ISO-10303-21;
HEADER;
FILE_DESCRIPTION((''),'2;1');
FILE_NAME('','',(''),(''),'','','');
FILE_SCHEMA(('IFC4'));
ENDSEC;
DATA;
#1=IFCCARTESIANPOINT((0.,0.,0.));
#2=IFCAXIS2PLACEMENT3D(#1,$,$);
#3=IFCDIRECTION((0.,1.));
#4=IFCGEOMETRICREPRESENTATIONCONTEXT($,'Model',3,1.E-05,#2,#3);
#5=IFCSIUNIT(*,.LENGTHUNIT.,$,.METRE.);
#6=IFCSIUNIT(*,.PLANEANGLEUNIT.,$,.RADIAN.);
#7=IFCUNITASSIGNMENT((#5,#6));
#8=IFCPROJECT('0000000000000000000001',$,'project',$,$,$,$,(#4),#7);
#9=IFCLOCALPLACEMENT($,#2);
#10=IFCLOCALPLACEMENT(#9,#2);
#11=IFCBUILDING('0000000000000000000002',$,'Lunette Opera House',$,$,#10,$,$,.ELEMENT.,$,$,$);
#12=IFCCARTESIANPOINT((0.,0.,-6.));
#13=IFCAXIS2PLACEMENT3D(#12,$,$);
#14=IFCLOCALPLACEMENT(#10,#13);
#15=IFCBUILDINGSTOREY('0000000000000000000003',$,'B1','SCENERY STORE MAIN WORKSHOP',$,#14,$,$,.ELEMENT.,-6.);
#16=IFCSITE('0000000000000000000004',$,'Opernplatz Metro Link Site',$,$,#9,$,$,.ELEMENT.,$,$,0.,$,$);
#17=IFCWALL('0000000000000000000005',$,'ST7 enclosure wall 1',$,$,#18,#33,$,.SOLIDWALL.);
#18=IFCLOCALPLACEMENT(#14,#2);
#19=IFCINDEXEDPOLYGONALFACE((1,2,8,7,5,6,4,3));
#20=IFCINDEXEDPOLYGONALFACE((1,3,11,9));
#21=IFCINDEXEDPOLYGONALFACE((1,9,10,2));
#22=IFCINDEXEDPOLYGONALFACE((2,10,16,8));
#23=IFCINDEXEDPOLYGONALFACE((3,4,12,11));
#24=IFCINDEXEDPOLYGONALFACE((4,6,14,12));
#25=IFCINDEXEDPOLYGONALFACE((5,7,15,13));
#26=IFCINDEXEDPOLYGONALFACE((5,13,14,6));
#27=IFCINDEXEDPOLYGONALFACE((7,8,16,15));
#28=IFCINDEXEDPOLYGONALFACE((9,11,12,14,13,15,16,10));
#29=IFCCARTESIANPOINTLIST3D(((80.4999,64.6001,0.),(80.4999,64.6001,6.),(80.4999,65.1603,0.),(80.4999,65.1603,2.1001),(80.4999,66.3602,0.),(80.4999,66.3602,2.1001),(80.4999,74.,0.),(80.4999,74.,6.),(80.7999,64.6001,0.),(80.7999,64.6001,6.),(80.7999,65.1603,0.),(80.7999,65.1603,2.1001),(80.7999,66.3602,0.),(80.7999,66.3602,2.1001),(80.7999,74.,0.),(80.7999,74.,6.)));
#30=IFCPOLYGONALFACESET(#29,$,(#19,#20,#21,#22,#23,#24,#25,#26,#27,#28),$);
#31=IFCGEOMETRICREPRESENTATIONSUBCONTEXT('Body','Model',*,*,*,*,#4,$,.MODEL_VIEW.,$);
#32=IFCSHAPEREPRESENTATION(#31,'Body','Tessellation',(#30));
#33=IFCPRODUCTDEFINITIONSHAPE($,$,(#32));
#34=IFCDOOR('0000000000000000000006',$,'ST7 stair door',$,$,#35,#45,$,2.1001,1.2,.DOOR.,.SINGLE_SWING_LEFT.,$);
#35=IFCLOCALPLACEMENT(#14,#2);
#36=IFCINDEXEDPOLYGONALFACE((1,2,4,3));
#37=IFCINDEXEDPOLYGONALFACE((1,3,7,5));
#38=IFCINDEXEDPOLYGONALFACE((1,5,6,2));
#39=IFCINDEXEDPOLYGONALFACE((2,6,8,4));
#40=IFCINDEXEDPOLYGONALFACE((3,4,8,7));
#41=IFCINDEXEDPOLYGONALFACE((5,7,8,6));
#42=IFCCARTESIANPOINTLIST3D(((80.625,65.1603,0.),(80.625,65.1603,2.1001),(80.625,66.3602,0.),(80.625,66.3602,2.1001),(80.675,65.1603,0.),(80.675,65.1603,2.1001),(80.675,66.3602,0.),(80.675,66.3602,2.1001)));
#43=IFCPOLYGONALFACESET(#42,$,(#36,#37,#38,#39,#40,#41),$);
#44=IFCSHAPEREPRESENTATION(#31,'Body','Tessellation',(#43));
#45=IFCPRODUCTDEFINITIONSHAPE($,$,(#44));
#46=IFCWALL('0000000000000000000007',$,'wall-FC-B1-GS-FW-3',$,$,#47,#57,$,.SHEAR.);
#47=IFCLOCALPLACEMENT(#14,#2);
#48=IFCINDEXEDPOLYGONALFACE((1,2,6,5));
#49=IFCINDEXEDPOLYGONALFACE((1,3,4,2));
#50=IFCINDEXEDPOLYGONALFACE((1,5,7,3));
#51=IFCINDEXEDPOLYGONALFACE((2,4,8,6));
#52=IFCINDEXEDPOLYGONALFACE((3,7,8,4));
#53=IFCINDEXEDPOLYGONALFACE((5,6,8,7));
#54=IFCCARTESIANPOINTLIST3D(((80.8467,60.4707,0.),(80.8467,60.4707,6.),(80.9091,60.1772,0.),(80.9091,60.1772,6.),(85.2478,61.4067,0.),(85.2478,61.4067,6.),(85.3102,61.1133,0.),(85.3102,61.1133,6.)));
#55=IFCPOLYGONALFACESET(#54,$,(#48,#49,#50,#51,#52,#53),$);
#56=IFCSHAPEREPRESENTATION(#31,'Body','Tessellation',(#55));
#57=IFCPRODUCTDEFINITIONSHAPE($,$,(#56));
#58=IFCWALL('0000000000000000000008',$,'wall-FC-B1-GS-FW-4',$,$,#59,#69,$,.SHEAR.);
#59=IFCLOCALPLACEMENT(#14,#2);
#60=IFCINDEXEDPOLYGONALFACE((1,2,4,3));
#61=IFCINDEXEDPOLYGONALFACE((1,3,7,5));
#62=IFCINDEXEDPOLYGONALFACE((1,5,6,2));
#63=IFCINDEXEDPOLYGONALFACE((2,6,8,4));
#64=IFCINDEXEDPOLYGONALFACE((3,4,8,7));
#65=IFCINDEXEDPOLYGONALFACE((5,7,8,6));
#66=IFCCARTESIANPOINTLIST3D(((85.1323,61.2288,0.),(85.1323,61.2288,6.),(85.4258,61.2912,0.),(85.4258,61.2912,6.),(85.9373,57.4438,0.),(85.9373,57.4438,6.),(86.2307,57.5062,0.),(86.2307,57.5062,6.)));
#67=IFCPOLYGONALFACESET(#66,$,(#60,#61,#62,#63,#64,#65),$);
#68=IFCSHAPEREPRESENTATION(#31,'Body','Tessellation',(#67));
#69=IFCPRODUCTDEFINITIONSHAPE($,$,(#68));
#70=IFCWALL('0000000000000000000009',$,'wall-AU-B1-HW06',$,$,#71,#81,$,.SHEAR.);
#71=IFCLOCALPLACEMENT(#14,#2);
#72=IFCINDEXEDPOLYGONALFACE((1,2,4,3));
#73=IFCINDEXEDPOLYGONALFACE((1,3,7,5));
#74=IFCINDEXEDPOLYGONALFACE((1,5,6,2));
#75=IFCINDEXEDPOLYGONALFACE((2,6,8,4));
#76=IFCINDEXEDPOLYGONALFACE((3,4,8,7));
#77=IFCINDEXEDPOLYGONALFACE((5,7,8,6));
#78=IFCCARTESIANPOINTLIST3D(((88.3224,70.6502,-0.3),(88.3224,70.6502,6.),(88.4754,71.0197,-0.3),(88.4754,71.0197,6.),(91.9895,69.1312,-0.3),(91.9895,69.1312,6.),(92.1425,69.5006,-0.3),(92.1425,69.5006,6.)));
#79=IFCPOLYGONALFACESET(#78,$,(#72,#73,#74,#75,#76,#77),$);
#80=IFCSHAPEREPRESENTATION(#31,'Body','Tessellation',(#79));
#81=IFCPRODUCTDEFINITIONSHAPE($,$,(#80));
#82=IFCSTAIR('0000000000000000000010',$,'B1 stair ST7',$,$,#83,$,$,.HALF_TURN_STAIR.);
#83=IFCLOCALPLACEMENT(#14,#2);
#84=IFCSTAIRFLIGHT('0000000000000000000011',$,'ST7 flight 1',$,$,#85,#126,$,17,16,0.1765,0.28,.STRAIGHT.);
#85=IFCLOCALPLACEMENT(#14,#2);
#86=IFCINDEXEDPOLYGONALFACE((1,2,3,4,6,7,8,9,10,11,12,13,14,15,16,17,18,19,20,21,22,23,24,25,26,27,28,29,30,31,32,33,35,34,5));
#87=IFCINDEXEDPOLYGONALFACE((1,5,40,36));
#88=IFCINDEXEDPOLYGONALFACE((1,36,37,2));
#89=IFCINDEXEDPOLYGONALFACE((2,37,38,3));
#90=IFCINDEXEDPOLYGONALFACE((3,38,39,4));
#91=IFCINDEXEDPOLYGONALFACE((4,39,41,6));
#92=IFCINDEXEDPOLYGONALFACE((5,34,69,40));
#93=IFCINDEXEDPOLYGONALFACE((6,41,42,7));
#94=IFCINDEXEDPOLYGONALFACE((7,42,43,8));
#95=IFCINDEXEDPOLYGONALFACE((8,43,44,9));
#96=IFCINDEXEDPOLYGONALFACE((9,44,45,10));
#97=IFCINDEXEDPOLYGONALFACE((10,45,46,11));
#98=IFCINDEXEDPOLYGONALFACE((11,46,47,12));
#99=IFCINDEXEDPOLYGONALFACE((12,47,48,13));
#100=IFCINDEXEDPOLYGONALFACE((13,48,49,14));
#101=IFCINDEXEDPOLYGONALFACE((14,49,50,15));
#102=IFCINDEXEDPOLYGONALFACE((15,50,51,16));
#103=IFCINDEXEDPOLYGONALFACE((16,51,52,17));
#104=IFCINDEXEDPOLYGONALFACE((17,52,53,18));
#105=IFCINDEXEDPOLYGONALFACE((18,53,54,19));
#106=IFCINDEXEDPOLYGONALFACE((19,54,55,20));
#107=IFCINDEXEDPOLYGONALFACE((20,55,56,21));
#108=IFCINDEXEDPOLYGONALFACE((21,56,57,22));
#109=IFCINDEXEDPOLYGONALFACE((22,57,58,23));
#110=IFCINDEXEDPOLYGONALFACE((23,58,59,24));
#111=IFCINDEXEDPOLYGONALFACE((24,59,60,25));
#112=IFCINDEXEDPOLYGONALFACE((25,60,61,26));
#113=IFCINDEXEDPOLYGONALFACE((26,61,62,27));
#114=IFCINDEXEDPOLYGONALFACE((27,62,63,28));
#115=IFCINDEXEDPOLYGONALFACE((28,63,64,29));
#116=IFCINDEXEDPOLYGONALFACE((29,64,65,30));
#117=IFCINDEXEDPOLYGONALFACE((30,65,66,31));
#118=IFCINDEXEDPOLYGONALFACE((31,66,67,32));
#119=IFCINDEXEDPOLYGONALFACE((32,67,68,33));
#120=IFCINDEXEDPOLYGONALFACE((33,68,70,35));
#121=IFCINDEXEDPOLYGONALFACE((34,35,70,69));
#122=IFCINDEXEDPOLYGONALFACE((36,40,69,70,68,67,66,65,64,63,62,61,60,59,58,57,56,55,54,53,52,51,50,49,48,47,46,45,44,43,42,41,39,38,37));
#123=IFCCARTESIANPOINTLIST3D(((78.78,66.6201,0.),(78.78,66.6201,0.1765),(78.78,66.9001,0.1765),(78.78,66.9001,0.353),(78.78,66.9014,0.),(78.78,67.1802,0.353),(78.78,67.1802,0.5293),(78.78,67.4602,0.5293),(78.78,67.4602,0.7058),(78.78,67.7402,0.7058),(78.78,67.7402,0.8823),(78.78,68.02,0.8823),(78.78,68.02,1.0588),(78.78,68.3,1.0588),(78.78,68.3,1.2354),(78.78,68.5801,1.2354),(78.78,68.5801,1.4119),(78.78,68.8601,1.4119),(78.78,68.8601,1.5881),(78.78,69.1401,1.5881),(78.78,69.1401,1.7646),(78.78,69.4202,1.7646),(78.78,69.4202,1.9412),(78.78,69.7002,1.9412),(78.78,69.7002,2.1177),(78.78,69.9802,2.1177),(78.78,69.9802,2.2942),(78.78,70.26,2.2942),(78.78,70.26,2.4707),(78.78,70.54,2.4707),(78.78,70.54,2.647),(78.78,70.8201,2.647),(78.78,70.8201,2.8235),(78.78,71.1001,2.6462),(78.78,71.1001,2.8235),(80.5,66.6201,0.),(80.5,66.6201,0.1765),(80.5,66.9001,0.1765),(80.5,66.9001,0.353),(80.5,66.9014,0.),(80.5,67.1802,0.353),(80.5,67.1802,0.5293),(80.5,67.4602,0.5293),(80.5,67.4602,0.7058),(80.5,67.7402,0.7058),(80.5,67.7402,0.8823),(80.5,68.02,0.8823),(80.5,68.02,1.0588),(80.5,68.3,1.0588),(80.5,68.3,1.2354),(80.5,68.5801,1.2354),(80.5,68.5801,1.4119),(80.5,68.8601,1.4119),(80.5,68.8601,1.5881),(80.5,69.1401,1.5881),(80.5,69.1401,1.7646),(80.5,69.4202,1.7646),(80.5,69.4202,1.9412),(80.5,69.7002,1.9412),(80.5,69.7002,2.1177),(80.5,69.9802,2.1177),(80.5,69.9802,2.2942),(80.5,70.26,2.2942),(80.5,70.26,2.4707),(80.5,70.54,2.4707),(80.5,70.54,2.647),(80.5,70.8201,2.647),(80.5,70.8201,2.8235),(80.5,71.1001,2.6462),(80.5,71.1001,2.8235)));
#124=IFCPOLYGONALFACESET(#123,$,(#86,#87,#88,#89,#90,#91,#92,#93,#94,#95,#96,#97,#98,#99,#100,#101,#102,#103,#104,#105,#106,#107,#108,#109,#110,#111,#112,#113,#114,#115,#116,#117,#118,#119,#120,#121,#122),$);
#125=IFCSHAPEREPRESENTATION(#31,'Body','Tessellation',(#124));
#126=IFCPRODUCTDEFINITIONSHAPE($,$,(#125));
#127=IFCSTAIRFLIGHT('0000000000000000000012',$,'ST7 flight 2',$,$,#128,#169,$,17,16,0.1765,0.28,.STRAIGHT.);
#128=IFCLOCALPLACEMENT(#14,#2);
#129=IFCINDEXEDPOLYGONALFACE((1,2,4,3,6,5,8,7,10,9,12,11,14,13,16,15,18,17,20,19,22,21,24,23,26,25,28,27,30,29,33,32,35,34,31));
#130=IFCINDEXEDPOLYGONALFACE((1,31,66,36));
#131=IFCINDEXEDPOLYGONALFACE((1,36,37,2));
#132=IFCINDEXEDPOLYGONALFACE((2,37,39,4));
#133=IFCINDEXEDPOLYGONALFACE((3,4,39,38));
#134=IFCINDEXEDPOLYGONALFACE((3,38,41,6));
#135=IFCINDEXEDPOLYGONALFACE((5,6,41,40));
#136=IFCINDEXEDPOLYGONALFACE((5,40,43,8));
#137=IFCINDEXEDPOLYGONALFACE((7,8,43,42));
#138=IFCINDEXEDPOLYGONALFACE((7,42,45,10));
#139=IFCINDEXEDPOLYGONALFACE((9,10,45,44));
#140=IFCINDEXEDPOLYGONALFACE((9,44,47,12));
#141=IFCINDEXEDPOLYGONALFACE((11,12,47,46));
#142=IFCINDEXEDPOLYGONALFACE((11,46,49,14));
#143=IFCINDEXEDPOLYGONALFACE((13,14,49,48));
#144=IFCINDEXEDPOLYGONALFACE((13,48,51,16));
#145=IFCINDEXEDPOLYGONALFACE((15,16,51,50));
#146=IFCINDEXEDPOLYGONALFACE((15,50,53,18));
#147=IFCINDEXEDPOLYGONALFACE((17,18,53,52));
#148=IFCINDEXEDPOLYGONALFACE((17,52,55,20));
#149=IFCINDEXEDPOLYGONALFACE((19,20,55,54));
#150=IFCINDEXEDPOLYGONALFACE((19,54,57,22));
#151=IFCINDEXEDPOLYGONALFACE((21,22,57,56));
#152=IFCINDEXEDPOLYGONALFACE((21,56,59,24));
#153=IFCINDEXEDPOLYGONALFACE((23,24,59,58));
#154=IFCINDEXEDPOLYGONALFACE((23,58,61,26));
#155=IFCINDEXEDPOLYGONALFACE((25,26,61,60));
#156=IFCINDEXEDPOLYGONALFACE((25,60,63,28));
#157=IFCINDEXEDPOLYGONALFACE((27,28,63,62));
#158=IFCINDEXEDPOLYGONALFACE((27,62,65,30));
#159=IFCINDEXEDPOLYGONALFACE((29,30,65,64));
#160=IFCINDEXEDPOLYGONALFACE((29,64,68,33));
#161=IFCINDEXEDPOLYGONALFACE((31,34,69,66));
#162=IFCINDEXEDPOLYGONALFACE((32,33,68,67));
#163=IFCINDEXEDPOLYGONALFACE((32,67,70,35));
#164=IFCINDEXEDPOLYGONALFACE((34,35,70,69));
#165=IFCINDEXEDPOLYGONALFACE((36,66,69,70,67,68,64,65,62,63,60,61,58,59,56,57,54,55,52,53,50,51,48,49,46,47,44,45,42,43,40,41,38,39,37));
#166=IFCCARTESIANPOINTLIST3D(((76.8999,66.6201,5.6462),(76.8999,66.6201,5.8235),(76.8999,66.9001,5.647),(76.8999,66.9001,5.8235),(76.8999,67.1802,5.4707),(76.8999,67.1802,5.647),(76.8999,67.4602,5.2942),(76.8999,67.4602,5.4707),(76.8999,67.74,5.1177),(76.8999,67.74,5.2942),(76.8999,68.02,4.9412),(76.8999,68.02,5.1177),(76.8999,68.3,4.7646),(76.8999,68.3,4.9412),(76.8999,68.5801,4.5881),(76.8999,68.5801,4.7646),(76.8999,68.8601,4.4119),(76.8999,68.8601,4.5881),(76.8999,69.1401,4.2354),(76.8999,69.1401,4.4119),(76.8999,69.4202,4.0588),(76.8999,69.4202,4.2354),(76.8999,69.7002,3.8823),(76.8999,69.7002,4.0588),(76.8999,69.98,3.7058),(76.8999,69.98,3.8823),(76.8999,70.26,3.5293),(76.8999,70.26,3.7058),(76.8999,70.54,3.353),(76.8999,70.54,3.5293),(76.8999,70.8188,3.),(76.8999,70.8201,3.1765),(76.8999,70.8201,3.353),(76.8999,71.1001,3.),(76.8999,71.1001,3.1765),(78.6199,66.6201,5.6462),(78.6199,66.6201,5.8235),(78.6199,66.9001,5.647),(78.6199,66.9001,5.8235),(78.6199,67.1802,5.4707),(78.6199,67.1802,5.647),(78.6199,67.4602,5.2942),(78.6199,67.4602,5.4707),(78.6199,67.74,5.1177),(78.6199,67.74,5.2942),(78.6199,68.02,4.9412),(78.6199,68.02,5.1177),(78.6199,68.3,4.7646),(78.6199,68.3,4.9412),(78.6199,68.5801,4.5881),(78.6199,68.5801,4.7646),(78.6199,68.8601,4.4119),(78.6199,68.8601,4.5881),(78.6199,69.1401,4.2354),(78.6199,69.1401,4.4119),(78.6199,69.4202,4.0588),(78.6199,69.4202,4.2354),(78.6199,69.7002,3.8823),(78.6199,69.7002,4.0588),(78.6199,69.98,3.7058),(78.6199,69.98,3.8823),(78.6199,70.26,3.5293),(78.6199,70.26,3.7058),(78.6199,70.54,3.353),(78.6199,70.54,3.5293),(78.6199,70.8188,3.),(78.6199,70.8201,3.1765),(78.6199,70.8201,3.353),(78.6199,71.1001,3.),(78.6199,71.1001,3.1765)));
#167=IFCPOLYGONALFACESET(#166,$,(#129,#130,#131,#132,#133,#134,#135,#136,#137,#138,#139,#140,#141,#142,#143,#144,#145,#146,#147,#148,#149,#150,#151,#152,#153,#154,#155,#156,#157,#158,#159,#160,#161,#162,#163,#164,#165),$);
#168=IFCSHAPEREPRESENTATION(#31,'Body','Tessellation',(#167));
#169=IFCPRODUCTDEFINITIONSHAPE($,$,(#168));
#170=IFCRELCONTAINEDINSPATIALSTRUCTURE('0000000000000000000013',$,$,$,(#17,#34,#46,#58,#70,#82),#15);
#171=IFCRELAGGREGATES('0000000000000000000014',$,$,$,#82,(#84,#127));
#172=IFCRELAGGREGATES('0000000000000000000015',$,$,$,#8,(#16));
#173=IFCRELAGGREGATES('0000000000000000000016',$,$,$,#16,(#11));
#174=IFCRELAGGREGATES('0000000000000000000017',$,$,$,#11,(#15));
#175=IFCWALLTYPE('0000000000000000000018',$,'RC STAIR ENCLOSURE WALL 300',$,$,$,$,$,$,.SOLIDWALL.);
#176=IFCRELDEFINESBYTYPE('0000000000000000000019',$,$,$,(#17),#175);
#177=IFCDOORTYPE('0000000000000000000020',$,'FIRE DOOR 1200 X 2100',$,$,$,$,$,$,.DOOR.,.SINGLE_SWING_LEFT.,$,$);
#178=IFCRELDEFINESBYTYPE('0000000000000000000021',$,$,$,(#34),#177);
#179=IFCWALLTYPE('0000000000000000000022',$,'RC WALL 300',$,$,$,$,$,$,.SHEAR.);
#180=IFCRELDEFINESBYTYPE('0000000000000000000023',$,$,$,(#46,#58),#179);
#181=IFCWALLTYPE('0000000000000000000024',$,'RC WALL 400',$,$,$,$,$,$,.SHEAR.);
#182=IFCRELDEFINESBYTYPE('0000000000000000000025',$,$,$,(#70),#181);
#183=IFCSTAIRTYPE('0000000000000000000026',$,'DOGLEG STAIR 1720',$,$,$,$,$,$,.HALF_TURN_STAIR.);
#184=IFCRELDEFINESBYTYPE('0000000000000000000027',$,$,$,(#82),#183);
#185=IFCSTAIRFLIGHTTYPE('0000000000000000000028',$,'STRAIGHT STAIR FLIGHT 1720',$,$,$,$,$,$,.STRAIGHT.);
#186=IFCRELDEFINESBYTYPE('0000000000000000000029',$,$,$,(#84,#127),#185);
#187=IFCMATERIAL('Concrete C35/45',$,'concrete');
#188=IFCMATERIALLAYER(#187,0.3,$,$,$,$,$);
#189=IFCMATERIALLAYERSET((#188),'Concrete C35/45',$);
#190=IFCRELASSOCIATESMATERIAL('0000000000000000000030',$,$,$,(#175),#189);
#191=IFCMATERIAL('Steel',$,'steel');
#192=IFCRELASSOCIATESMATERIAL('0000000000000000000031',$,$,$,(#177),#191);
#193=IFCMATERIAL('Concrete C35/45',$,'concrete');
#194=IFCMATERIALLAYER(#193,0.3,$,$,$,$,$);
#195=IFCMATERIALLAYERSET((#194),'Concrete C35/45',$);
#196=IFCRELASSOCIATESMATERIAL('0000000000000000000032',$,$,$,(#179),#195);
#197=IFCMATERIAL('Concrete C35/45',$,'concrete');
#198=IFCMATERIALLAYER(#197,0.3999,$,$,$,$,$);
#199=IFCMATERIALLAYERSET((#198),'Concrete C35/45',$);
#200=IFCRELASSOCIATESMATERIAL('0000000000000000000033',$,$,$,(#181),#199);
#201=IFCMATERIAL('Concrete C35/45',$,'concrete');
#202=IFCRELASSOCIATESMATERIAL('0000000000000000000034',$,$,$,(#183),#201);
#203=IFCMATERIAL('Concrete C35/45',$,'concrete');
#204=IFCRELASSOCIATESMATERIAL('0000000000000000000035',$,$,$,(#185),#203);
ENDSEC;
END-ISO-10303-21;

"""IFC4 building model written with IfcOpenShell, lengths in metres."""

from ifc_helpers import new_model, si_unit, direction, frame, frame_2d, origin, place, context, subcontext, project, spatial, polyline, rectangle, outline, extrude, material, layer, layer_set, type_object, element, fill, aggregate, save


model = new_model("IFC4")

# Units and contexts
model_context = context("Model", 3, precision=1e-05, world=origin(), true_north=direction((0.0, 1.0)))
body_context = subcontext(model_context, "Body", "Model", "MODEL_VIEW")
ifc_project = project(units=[si_unit("LENGTHUNIT", "METRE"), si_unit("PLANEANGLEUNIT", "RADIAN")], contexts=[model_context])

# Site, building, storey
site_placement = place(None, origin())
site = spatial("IfcSite", under=ifc_project, at=site_placement, Name="Opernplatz Metro Link Site", CompositionType="ELEMENT", RefElevation=0.0)
building_placement = place(site_placement, origin())
building = spatial("IfcBuilding", under=site, at=building_placement, Name="Lunette Opera House", CompositionType="ELEMENT")
storey_placement = place(building_placement, frame((0.0, 0.0, -6.0)))
storey = spatial("IfcBuildingStorey", under=building, at=storey_placement, Name="B1", Description="SCENERY STORE MAIN WORKSHOP", CompositionType="ELEMENT", Elevation=-6.0)

# Wall, opening, door
ifc_material_1 = material(Name="Concrete C35/45", Category="concrete")
ifc_layer_1 = layer(ifc_material_1, 0.3)
ifc_layer_set_1 = layer_set([ifc_layer_1], Name="Concrete C35/45")
wall_type_1 = type_object("IfcWallType", Name="RC STAIR ENCLOSURE WALL 300", PredefinedType="SOLIDWALL", material=ifc_layer_set_1)
wall_1_placement = place(storey_placement, frame((80.6499, 64.6001, 0.0), z_axis=(0.0, 0.0, 1.0), x_axis=(0.0, 1.0, 0.0)))
wall_1 = element("IfcWall", 1, at=wall_1_placement, inside=storey, type_object=wall_type_1, Name="ST7 enclosure wall 1", PredefinedType="SOLIDWALL", context=body_context, shape_type="SweptSolid", body=[
    extrude(rectangle(XDim=9.3999, YDim=0.3, at=frame_2d((4.7, 0.0))), origin(), (0.0, 0.0, 1.0), 6.0),
])
opening_placement = place(wall_1_placement, frame((0.5601, 0.0, 0.0)))
opening = element("IfcOpeningElement", 2, at=opening_placement, cuts=wall_1, PredefinedType="OPENING", context=body_context, shape_type="SweptSolid", body=[
    extrude(rectangle(XDim=1.2, YDim=2.1001, at=frame_2d((0.6001, 1.05))), frame((0.0, 0.1621, 0.0), z_axis=(0.0, -1.0, 0.0), x_axis=(1.0, 0.0, 0.0)), (0.0, 0.0, 1.0), 0.324),
])
ifc_material_2 = material(Name="Steel", Category="steel")
door_type = type_object("IfcDoorType", Name="FIRE DOOR 1200 X 2100", OperationType="SINGLE_SWING_LEFT", PredefinedType="DOOR", material=ifc_material_2)
door_placement = place(opening_placement, origin())
door = element("IfcDoor", 3, at=door_placement, inside=storey, type_object=door_type, Name="ST7 stair door", OperationType="SINGLE_SWING_LEFT", OverallHeight=2.1001, OverallWidth=1.2, PredefinedType="DOOR", context=body_context, shape_type="SweptSolid", body=[
    extrude(rectangle(XDim=1.2, YDim=2.1001, at=frame_2d((0.6001, 1.05))), frame((0.0, 0.0249, 0.0), z_axis=(0.0, -1.0, 0.0), x_axis=(1.0, 0.0, 0.0)), (0.0, 0.0, 1.0), 0.05),
])
fill(opening, door)

# Walls
ifc_material_3 = material(Name="Concrete C35/45", Category="concrete")
ifc_layer_2 = layer(ifc_material_3, 0.3)
ifc_layer_set_2 = layer_set([ifc_layer_2], Name="Concrete C35/45")
wall_type_2 = type_object("IfcWallType", Name="RC WALL 300", PredefinedType="SHEAR", material=ifc_layer_set_2)
wall_2_placement = place(storey_placement, frame((80.8779, 60.324, 0.0), z_axis=(0.0, 0.0, 1.0), x_axis=(0.978123, 0.208028, 0.0)))
element("IfcWall", 4, at=wall_2_placement, inside=storey, type_object=wall_type_2, Name="wall-FC-B1-GS-FW-3", PredefinedType="SHEAR", context=body_context, shape_type="SweptSolid", body=[
    extrude(rectangle(XDim=4.4995, YDim=0.3, at=frame_2d((2.2498, 0.0))), origin(), (0.0, 0.0, 1.0), 6.0),
])
wall_3_placement = place(storey_placement, frame((85.2791, 61.26, 0.0), z_axis=(0.0, 0.0, 1.0), x_axis=(0.208016, -0.978125, 0.0)))
element("IfcWall", 5, at=wall_3_placement, inside=storey, type_object=wall_type_2, Name="wall-FC-B1-GS-FW-4", PredefinedType="SHEAR", context=body_context, shape_type="SweptSolid", body=[
    extrude(rectangle(XDim=3.8696, YDim=0.3, at=frame_2d((1.9348, 0.0))), origin(), (0.0, 0.0, 1.0), 6.0),
])
ifc_material_4 = material(Name="Concrete C35/45", Category="concrete")
ifc_layer_3 = layer(ifc_material_4, 0.3999)
ifc_layer_set_3 = layer_set([ifc_layer_3], Name="Concrete C35/45")
wall_type_3 = type_object("IfcWallType", Name="RC WALL 400", PredefinedType="SHEAR", material=ifc_layer_set_3)
wall_4_placement = place(storey_placement, frame((88.3989, 70.835, -0.3), z_axis=(0.0, 0.0, 1.0), x_axis=(0.923868, -0.38271, 0.0)))
element("IfcWall", 6, at=wall_4_placement, inside=storey, type_object=wall_type_3, Name="wall-AU-B1-HW06", PredefinedType="SHEAR", context=body_context, shape_type="SweptSolid", body=[
    extrude(rectangle(XDim=3.9692, YDim=0.3999, at=frame_2d((1.9846, 0.0))), origin(), (0.0, 0.0, 1.0), 6.3),
])

# Stair, stair flights
ifc_material_5 = material(Name="Concrete C35/45", Category="concrete")
stair_type = type_object("IfcStairType", Name="DOGLEG STAIR 1720", PredefinedType="HALF_TURN_STAIR", material=ifc_material_5)
stair_placement = place(storey_placement, origin())
stair = element("IfcStair", 7, at=stair_placement, inside=storey, type_object=stair_type, Name="B1 stair ST7", PredefinedType="HALF_TURN_STAIR")
ifc_material_6 = material(Name="Concrete C35/45", Category="concrete")
stair_flight_type = type_object("IfcStairFlightType", Name="STRAIGHT STAIR FLIGHT 1720", PredefinedType="STRAIGHT", material=ifc_material_6)
stair_flight_1_placement = place(storey_placement, frame((79.6399, 66.6201, 0.0), z_axis=(0.0, 0.0, 1.0), x_axis=(0.0, 1.0, 0.0)))
stair_flight_1 = element("IfcStairFlight", 8, at=stair_flight_1_placement, type_object=stair_flight_type, Name="ST7 flight 1", NumberOfRisers=17, NumberOfTreads=16, PredefinedType="STRAIGHT", RiserHeight=0.1765, TreadLength=0.28, context=body_context, shape_type="SweptSolid", body=[
    extrude(outline(polyline([(0.0, 0.0), (0.0, 0.1765), (0.28, 0.1765), (0.28, 0.353), (0.5601, 0.353), (0.5601, 0.5293), (0.8401, 0.5293), (0.8401, 0.7058), (1.1201, 0.7058), (1.1201, 0.8823), (1.3999, 0.8823), (1.3999, 1.0588), (1.6799, 1.0588), (1.6799, 1.2354), (1.96, 1.2354), (1.96, 1.4119), (2.24, 1.4119), (2.24, 1.5881), (2.52, 1.5881), (2.52, 1.7646), (2.8, 1.7646), (2.8, 1.9412), (3.0801, 1.9412), (3.0801, 2.1177), (3.3601, 2.1177), (3.3601, 2.2942), (3.6399, 2.2942), (3.6399, 2.4707), (3.9199, 2.4707), (3.9199, 2.647), (4.2, 2.647), (4.2, 2.8235), (4.48, 2.8235), (4.48, 3.0), (4.48, 2.6462), (0.2812, 0.0), (0.0, 0.0)])), frame((0.0, 0.8599, 0.0), z_axis=(0.0, -1.0, 0.0), x_axis=(1.0, 0.0, 0.0)), (0.0, 0.0, 1.0), 1.72),
])
stair_flight_2_placement = place(storey_placement, frame((77.76, 71.1001, 3.0), z_axis=(0.0, 0.0, 1.0), x_axis=(0.0, -1.0, 0.0)))
stair_flight_2 = element("IfcStairFlight", 9, at=stair_flight_2_placement, type_object=stair_flight_type, Name="ST7 flight 2", NumberOfRisers=17, NumberOfTreads=16, PredefinedType="STRAIGHT", RiserHeight=0.1765, TreadLength=0.28, context=body_context, shape_type="SweptSolid", body=[
    extrude(outline(polyline([(0.0, 0.0), (0.0, 0.1765), (0.28, 0.1765), (0.28, 0.353), (0.5601, 0.353), (0.5601, 0.5293), (0.8401, 0.5293), (0.8401, 0.7058), (1.1201, 0.7058), (1.1201, 0.8823), (1.3999, 0.8823), (1.3999, 1.0588), (1.6799, 1.0588), (1.6799, 1.2354), (1.96, 1.2354), (1.96, 1.4119), (2.24, 1.4119), (2.24, 1.5881), (2.52, 1.5881), (2.52, 1.7646), (2.8, 1.7646), (2.8, 1.9412), (3.0801, 1.9412), (3.0801, 2.1177), (3.3601, 2.1177), (3.3601, 2.2942), (3.6399, 2.2942), (3.6399, 2.4707), (3.9199, 2.4707), (3.9199, 2.647), (4.2, 2.647), (4.2, 2.8235), (4.48, 2.8235), (4.48, 3.0), (4.48, 2.6462), (0.2812, 0.0), (0.0, 0.0)])), frame((0.0, 0.8599, 0.0), z_axis=(0.0, -1.0, 0.0), x_axis=(1.0, 0.0, 0.0)), (0.0, 0.0, 1.0), 1.72),
])
aggregate(stair, [stair_flight_1, stair_flight_2])

save(model, "model.ifc")
